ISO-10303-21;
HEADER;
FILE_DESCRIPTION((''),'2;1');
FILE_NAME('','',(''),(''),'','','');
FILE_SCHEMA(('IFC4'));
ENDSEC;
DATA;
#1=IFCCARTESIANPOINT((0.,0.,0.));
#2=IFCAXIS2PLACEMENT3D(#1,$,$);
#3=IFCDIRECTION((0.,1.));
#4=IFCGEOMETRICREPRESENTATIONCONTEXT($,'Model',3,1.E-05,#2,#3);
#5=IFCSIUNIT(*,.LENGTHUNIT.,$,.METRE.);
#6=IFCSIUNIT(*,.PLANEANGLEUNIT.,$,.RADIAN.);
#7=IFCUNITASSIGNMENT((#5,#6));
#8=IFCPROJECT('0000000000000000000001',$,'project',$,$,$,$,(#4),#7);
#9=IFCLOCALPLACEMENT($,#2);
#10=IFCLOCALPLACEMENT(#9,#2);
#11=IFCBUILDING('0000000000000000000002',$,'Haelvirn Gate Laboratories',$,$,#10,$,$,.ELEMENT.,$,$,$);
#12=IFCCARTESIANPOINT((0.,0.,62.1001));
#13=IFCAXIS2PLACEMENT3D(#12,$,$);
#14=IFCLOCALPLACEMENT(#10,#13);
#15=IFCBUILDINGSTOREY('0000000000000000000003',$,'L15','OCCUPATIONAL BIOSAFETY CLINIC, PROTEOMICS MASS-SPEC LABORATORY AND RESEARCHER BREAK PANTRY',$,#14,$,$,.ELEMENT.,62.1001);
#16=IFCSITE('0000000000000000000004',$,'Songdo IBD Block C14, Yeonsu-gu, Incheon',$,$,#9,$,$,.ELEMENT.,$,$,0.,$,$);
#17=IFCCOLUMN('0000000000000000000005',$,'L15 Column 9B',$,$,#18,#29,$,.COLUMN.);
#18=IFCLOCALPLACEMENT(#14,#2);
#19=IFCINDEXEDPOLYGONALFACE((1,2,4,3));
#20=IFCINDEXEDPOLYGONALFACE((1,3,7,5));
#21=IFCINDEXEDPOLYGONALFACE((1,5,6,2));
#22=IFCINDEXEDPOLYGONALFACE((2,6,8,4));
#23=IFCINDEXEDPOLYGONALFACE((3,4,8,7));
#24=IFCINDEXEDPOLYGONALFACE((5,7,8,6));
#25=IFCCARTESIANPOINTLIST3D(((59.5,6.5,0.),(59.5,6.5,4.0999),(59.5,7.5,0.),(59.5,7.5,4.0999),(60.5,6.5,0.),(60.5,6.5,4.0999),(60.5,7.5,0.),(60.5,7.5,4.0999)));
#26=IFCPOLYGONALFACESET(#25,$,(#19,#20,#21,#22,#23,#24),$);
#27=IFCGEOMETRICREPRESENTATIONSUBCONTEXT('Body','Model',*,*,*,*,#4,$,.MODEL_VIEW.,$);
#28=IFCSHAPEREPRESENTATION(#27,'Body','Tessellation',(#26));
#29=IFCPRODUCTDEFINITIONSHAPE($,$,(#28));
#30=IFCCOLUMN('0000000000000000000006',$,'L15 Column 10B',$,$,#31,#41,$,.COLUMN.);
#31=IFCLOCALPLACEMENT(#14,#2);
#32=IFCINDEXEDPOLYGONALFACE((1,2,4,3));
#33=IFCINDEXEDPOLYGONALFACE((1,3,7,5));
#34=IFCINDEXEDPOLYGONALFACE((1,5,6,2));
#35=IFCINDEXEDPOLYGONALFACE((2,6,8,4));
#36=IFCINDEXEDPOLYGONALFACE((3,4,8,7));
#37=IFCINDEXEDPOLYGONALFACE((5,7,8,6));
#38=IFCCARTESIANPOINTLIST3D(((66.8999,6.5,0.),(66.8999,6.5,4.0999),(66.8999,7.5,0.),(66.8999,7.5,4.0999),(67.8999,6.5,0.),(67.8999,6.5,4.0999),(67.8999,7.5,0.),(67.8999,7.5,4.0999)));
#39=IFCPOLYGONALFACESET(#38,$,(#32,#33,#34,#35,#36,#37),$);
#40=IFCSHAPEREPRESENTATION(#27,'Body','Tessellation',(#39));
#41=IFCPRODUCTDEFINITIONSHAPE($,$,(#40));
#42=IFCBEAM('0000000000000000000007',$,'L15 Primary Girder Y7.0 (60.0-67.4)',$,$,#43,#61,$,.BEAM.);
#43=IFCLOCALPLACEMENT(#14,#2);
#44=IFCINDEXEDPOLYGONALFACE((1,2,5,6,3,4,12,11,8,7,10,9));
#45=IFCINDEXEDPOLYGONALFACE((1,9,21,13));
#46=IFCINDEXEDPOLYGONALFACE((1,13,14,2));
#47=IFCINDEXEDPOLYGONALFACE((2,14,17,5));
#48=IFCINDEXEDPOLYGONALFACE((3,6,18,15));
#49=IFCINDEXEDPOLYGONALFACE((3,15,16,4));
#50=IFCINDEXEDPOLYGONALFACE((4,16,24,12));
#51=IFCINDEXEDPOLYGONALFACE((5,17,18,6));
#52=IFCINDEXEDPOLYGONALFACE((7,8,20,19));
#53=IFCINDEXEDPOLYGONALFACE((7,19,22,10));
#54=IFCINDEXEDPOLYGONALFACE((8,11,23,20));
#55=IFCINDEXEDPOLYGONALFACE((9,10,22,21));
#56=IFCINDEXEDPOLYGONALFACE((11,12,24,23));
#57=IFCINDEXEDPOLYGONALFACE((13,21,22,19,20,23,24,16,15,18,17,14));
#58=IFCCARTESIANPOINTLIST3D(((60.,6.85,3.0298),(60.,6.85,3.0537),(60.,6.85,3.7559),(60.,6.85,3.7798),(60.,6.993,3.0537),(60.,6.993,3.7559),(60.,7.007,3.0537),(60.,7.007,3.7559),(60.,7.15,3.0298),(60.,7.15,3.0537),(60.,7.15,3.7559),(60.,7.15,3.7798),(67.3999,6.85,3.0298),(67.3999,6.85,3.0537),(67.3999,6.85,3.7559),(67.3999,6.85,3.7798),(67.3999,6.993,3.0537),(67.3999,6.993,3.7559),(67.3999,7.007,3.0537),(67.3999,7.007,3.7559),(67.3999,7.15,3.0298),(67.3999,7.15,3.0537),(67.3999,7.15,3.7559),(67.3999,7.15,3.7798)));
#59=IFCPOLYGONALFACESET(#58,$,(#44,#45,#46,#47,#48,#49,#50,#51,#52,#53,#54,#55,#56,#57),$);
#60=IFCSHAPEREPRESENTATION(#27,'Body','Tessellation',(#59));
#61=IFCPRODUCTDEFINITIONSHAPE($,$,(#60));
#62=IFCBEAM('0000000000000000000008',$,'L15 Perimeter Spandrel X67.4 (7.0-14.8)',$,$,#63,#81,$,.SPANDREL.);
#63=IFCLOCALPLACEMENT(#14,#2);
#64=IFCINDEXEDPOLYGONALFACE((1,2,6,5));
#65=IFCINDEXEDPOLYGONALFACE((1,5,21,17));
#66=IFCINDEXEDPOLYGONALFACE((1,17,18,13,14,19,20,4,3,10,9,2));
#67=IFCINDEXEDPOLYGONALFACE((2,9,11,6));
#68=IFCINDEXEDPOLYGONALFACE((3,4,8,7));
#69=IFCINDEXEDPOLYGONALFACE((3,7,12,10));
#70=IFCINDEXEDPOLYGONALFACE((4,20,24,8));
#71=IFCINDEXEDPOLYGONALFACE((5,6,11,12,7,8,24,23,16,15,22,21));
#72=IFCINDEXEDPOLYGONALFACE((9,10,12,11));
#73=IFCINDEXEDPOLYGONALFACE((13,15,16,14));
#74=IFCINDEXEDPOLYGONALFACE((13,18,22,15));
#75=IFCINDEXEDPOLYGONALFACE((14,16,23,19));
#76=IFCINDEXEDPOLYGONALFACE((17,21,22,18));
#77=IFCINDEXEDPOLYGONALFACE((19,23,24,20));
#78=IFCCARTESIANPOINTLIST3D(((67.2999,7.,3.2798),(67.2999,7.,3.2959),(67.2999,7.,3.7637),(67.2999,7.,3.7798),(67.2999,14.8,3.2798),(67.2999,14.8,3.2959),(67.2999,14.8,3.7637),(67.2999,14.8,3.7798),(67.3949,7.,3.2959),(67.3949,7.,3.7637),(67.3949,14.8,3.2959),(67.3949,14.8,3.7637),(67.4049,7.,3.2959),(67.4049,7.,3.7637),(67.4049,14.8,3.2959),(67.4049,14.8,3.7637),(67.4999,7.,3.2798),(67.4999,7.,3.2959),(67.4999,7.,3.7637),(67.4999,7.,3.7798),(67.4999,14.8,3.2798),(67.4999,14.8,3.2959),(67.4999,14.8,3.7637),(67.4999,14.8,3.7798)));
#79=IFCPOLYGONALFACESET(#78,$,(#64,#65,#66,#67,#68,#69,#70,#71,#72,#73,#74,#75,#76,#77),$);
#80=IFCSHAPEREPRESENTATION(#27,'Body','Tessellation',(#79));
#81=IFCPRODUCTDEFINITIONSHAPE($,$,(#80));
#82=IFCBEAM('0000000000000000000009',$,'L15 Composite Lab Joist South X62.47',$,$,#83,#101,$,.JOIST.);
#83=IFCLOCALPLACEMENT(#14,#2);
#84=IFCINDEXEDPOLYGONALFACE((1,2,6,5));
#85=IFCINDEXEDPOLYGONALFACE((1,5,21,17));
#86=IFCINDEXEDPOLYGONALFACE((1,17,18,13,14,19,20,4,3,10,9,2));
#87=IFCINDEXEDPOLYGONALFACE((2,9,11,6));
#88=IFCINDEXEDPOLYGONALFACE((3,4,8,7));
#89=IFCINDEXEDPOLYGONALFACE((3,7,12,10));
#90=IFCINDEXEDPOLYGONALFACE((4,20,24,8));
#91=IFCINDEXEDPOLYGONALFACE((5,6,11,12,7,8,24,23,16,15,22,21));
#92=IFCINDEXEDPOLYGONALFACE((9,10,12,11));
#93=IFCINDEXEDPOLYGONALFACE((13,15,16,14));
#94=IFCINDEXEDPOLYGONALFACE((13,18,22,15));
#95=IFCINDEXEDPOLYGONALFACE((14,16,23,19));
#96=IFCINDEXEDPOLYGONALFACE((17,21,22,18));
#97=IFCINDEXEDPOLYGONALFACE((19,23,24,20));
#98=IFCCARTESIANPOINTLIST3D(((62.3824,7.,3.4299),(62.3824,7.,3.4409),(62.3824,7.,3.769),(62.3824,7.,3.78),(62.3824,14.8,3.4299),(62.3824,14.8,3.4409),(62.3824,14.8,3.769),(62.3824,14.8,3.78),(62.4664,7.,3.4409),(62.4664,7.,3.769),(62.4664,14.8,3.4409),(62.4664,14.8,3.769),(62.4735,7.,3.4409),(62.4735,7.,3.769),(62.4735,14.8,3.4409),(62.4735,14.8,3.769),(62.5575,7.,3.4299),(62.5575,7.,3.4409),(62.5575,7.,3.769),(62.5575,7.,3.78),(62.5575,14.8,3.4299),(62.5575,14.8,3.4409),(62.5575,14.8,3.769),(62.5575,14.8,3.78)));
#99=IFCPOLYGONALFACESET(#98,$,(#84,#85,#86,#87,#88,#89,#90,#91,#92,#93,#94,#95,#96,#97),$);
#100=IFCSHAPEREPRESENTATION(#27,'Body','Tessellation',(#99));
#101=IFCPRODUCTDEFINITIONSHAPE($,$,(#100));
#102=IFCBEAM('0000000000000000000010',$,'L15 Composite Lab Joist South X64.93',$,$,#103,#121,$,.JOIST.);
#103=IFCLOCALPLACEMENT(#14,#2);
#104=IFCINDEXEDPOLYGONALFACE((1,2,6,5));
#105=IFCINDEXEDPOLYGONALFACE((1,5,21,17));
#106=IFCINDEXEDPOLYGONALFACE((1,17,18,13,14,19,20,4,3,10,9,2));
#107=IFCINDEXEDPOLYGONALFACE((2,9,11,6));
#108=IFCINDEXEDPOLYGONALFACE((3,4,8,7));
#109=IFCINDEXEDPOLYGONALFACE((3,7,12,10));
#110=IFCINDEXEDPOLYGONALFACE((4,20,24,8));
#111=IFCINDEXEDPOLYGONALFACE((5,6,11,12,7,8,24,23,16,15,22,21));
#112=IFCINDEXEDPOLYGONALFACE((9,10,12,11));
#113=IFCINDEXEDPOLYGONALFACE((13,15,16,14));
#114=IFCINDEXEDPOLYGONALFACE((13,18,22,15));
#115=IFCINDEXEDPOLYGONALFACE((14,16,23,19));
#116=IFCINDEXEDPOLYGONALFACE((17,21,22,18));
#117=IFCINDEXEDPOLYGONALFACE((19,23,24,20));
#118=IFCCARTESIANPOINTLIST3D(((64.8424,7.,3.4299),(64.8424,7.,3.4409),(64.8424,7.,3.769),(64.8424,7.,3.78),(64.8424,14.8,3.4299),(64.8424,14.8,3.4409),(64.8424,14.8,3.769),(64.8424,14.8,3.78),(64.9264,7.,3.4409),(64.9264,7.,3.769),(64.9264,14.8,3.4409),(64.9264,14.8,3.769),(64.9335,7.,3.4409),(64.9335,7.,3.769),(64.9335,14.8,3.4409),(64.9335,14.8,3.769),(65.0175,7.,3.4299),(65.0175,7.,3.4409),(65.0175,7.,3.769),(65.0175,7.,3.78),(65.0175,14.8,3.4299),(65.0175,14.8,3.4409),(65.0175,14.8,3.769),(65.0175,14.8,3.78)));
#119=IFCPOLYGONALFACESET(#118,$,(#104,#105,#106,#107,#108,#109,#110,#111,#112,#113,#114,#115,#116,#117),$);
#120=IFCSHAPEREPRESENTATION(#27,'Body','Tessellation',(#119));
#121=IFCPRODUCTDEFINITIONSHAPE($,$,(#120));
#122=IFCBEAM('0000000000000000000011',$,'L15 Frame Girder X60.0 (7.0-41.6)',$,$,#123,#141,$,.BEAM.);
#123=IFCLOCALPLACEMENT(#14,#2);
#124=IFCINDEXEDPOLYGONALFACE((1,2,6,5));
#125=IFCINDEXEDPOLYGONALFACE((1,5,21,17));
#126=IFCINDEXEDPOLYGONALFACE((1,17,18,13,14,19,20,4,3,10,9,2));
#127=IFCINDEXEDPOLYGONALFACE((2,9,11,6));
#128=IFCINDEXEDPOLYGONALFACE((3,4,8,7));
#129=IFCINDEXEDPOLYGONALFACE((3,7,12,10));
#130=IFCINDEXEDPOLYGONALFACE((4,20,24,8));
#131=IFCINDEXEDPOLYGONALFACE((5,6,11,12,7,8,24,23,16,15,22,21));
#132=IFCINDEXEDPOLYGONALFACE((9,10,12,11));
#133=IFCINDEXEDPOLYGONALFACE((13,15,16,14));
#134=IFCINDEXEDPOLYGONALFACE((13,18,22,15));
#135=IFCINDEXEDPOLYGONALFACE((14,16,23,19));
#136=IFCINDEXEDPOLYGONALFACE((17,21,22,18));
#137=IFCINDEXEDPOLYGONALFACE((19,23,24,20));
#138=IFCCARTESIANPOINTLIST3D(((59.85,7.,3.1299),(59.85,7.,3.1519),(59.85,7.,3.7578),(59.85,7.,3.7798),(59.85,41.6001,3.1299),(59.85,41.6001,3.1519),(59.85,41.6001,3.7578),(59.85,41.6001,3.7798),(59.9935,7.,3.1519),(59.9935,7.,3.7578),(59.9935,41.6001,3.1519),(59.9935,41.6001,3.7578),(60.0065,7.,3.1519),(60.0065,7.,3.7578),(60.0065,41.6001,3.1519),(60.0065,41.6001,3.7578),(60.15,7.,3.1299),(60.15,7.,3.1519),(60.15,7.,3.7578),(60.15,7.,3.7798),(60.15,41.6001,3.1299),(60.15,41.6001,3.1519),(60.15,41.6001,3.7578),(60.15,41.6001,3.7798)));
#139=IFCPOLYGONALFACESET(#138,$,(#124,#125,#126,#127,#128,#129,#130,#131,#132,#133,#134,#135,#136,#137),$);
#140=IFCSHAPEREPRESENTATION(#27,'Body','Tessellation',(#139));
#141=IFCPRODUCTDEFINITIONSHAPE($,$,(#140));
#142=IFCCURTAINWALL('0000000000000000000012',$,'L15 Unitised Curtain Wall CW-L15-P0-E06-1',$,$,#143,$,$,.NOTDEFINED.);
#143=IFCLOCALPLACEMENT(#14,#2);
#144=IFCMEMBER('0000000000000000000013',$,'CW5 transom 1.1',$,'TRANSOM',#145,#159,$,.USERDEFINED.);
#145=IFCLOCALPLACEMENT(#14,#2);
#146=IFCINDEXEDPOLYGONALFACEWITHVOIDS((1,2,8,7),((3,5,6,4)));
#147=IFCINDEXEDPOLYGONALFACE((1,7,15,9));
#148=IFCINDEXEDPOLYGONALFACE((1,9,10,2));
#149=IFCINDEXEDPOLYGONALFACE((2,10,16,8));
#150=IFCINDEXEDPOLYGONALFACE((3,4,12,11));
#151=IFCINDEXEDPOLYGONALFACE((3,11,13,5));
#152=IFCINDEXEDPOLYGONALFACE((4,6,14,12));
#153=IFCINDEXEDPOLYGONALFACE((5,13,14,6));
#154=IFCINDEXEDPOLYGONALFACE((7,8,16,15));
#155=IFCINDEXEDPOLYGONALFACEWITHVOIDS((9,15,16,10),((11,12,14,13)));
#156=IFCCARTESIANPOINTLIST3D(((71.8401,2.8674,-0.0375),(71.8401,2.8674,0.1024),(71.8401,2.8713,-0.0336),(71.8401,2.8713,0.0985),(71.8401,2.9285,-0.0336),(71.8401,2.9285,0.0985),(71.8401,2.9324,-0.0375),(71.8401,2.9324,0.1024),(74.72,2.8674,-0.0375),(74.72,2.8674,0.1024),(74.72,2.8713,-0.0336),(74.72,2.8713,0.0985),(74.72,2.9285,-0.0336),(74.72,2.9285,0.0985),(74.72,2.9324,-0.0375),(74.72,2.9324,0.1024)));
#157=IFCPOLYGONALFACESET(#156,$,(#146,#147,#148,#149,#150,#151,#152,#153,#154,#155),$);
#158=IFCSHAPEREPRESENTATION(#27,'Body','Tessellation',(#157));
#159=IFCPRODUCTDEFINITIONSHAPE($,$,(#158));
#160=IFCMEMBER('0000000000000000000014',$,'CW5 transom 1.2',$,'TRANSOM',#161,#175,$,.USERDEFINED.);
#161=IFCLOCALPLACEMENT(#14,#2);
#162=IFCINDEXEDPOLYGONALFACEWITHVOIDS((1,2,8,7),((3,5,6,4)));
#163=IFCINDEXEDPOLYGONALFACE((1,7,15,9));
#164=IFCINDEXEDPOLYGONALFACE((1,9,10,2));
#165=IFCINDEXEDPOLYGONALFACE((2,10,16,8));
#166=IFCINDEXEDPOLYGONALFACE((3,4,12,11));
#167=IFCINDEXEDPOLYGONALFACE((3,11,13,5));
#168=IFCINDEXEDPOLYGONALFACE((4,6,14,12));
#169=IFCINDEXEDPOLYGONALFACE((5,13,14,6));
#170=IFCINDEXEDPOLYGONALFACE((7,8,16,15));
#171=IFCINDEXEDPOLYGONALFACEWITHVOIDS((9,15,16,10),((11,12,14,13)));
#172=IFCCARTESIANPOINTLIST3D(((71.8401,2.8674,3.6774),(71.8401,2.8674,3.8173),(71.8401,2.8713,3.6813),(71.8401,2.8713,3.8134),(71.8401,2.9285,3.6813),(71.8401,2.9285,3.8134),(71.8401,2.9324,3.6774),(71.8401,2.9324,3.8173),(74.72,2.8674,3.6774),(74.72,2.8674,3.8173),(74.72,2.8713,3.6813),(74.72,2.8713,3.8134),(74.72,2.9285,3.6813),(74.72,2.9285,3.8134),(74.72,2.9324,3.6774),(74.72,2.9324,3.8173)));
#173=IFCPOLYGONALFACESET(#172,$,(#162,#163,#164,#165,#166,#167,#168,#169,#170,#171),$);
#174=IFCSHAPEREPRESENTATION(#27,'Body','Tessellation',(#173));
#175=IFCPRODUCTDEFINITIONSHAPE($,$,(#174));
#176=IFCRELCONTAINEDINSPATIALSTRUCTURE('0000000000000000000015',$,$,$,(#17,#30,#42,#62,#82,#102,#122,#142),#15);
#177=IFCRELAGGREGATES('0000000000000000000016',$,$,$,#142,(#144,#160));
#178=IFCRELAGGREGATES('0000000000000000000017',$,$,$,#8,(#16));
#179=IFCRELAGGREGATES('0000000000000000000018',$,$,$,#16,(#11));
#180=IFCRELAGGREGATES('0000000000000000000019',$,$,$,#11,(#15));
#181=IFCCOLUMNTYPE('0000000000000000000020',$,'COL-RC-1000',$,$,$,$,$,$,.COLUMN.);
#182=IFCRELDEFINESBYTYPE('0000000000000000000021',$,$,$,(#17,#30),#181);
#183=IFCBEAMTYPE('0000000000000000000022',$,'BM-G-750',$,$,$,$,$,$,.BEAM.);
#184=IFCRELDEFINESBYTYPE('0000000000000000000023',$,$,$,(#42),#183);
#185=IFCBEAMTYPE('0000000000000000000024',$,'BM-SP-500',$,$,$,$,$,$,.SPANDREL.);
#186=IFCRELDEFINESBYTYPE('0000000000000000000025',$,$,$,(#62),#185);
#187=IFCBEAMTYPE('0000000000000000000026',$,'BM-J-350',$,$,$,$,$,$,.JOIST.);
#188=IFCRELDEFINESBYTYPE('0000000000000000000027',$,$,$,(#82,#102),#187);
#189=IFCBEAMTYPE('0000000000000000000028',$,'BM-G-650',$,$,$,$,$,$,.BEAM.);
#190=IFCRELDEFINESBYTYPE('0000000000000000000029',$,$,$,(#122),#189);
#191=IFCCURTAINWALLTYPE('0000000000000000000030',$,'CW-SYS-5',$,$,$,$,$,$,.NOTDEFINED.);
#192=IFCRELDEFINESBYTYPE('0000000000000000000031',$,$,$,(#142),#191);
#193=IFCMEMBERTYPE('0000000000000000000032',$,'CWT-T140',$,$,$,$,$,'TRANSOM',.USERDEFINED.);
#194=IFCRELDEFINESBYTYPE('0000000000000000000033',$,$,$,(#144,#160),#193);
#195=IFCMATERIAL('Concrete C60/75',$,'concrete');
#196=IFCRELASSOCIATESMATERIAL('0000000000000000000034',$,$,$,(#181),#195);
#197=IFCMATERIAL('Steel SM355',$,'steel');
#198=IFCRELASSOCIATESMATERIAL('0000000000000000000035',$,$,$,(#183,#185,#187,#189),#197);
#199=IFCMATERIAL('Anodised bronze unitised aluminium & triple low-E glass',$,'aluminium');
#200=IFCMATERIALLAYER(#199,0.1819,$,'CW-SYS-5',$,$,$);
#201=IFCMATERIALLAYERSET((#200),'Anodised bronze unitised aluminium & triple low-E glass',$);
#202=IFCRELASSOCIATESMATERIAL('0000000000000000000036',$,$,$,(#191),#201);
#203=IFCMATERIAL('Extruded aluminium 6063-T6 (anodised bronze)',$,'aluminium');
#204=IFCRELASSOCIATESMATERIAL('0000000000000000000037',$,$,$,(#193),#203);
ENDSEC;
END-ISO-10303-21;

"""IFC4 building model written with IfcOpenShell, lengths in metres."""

from ifc_helpers import new_model, si_unit, direction, frame, origin, origin_2d, place, context, subcontext, project, spatial, rectangle, hollow_rectangle, i_section, extrude, source, transform, mapped, material, layer, layer_set, material_profile, profile_set, type_object, type_shapes, element, aggregate, save


model = new_model("IFC4")

# Units and contexts
model_context = context("Model", 3, precision=1e-05, world=origin(), true_north=direction((0.0, 1.0)))
body_context = subcontext(model_context, "Body", "Model", "MODEL_VIEW")
ifc_project = project(units=[si_unit("LENGTHUNIT", "METRE"), si_unit("PLANEANGLEUNIT", "RADIAN")], contexts=[model_context])

# Site, building, storey
site_placement = place(None, origin())
site = spatial("IfcSite", under=ifc_project, at=site_placement, Name="Songdo IBD Block C14, Yeonsu-gu, Incheon", CompositionType="ELEMENT", RefElevation=0.0)
building_placement = place(site_placement, origin())
building = spatial("IfcBuilding", under=site, at=building_placement, Name="Haelvirn Gate Laboratories", CompositionType="ELEMENT")
storey_placement = place(building_placement, frame((0.0, 0.0, 62.1001)))
storey = spatial("IfcBuildingStorey", under=building, at=storey_placement, Name="L15", Description="OCCUPATIONAL BIOSAFETY CLINIC, PROTEOMICS MASS-SPEC LABORATORY AND RESEARCHER BREAK PANTRY", CompositionType="ELEMENT", Elevation=62.1001)

# Columns
ifc_material_1 = material(Name="Concrete C60/75", Category="concrete")
ifc_material_profile_1 = material_profile(ifc_material_1, rectangle(XDim=1.0, YDim=1.0, at=origin_2d()), Name="RC-1000x1000")
ifc_profile_set_1 = profile_set([ifc_material_profile_1], Name="Concrete C60/75")
column_type = type_object("IfcColumnType", Name="COL-RC-1000", PredefinedType="COLUMN", material=ifc_profile_set_1)
shared_shape_1 = source(origin(), body_context, "Body", "SweptSolid", [
    extrude(rectangle(XDim=1.0, YDim=1.0, at=origin_2d()), origin(), (0.0, 0.0, 1.0), 4.0999),
])
type_shapes(column_type, [shared_shape_1])
for number, where, z_axis, x_axis, name in (
    (1, (60.0, 7.0, 0.0), (0.0, 0.0, 1.0), (1.0, 0.0, 0.0), "L15 Column 9B"),
    (2, (67.3999, 7.0, 0.0), (0.0, 0.0, 1.0), (1.0, 0.0, 0.0), "L15 Column 10B"),
):
    element("IfcColumn", number, at=place(storey_placement, frame(where, z_axis=z_axis, x_axis=x_axis)), inside=storey, type_object=column_type, Name=name, PredefinedType="COLUMN", context=body_context, shape_type="MappedRepresentation", body=[
        mapped(shared_shape_1, transform((0.0, 0.0, 0.0), scale=1.0)),
    ])

# Beams
ifc_material_2 = material(Name="Steel SM355", Category="steel")
ifc_material_profile_2 = material_profile(ifc_material_2, i_section(OverallWidth=0.3, OverallDepth=0.75, WebThickness=0.0139, FlangeThickness=0.0239, at=origin_2d()), Name="H-750x300x14x24")
ifc_profile_set_2 = profile_set([ifc_material_profile_2], Name="Steel SM355")
beam_type_1 = type_object("IfcBeamType", Name="BM-G-750", PredefinedType="BEAM", material=ifc_profile_set_2)
shared_shape_2 = source(origin(), body_context, "Body", "SweptSolid", [
    extrude(i_section(OverallWidth=0.3, OverallDepth=0.75, WebThickness=0.0139, FlangeThickness=0.0239, at=origin_2d()), origin(), (0.0, 0.0, 1.0), 7.3999),
])
type_shapes(beam_type_1, [shared_shape_2])
beam_1_placement = place(storey_placement, frame((60.0, 7.0, 3.4048), z_axis=(1.0, 0.0, 0.0), x_axis=(0.0, 1.0, 0.0)))
element("IfcBeam", 3, at=beam_1_placement, inside=storey, type_object=beam_type_1, Name="L15 Primary Girder Y7.0 (60.0-67.4)", PredefinedType="BEAM", context=body_context, shape_type="MappedRepresentation", body=[
    mapped(shared_shape_2, transform((0.0, 0.0, 0.0), scale=1.0)),
])
ifc_material_profile_3 = material_profile(ifc_material_2, i_section(OverallWidth=0.2, OverallDepth=0.5, WebThickness=0.01, FlangeThickness=0.0161, at=origin_2d()), Name="H-500x200x10x16")
ifc_profile_set_3 = profile_set([ifc_material_profile_3], Name="Steel SM355")
beam_type_2 = type_object("IfcBeamType", Name="BM-SP-500", PredefinedType="SPANDREL", material=ifc_profile_set_3)
shared_shape_3 = source(origin(), body_context, "Body", "SweptSolid", [
    extrude(i_section(OverallWidth=0.2, OverallDepth=0.5, WebThickness=0.01, FlangeThickness=0.0161, at=origin_2d()), origin(), (0.0, 0.0, 1.0), 7.8),
])
type_shapes(beam_type_2, [shared_shape_3])
beam_2_placement = place(storey_placement, frame((67.3999, 7.0, 3.5298), z_axis=(0.0, 1.0, 0.0), x_axis=(-1.0, 0.0, 0.0)))
element("IfcBeam", 4, at=beam_2_placement, inside=storey, type_object=beam_type_2, Name="L15 Perimeter Spandrel X67.4 (7.0-14.8)", PredefinedType="SPANDREL", context=body_context, shape_type="MappedRepresentation", body=[
    mapped(shared_shape_3, transform((0.0, 0.0, 0.0), scale=1.0)),
])
ifc_material_profile_4 = material_profile(ifc_material_2, i_section(OverallWidth=0.175, OverallDepth=0.3501, WebThickness=0.0071, FlangeThickness=0.011, at=origin_2d()), Name="H-350x175x7x11")
ifc_profile_set_4 = profile_set([ifc_material_profile_4], Name="Steel SM355")
beam_type_3 = type_object("IfcBeamType", Name="BM-J-350", PredefinedType="JOIST", material=ifc_profile_set_4)
shared_shape_4 = source(origin(), body_context, "Body", "SweptSolid", [
    extrude(i_section(OverallWidth=0.175, OverallDepth=0.3501, WebThickness=0.0071, FlangeThickness=0.011, at=origin_2d()), origin(), (0.0, 0.0, 1.0), 7.8),
])
type_shapes(beam_type_3, [shared_shape_4])
for number, where, z_axis, x_axis, name in (
    (5, (62.47, 7.0, 3.605), (0.0, 1.0, 0.0), (-1.0, 0.0, 0.0), "L15 Composite Lab Joist South X62.47"),
    (6, (64.9299, 7.0, 3.605), (0.0, 1.0, 0.0), (-1.0, 0.0, 0.0), "L15 Composite Lab Joist South X64.93"),
):
    element("IfcBeam", number, at=place(storey_placement, frame(where, z_axis=z_axis, x_axis=x_axis)), inside=storey, type_object=beam_type_3, Name=name, PredefinedType="JOIST", context=body_context, shape_type="MappedRepresentation", body=[
        mapped(shared_shape_4, transform((0.0, 0.0, 0.0), scale=1.0)),
    ])
ifc_material_profile_5 = material_profile(ifc_material_2, i_section(OverallWidth=0.3, OverallDepth=0.6499, WebThickness=0.0129, FlangeThickness=0.022, at=origin_2d()), Name="H-650x300x13x22")
ifc_profile_set_5 = profile_set([ifc_material_profile_5], Name="Steel SM355")
beam_type_4 = type_object("IfcBeamType", Name="BM-G-650", PredefinedType="BEAM", material=ifc_profile_set_5)
shared_shape_5 = source(origin(), body_context, "Body", "SweptSolid", [
    extrude(i_section(OverallWidth=0.3, OverallDepth=0.6499, WebThickness=0.0129, FlangeThickness=0.022, at=origin_2d()), origin(), (0.0, 0.0, 1.0), 34.6001),
])
type_shapes(beam_type_4, [shared_shape_5])
beam_3_placement = place(storey_placement, frame((60.0, 7.0, 3.4548), z_axis=(0.0, 1.0, 0.0), x_axis=(-1.0, 0.0, 0.0)))
element("IfcBeam", 7, at=beam_3_placement, inside=storey, type_object=beam_type_4, Name="L15 Frame Girder X60.0 (7.0-41.6)", PredefinedType="BEAM", context=body_context, shape_type="MappedRepresentation", body=[
    mapped(shared_shape_5, transform((0.0, 0.0, 0.0), scale=1.0)),
])

# Curtain wall, members
ifc_material_3 = material(Name="Anodised bronze unitised aluminium & triple low-E glass", Category="aluminium")
ifc_layer_1 = layer(ifc_material_3, 0.1819, Name="CW-SYS-5")
ifc_layer_set_1 = layer_set([ifc_layer_1], Name="Anodised bronze unitised aluminium & triple low-E glass")
curtain_wall_type_1 = type_object("IfcCurtainWallType", Name="CW-SYS-5", PredefinedType="NOTDEFINED", material=ifc_layer_set_1)
curtain_wall_1_placement = place(storey_placement, origin())
curtain_wall_1 = element("IfcCurtainWall", 8, at=curtain_wall_1_placement, inside=storey, type_object=curtain_wall_type_1, Name="L15 Unitised Curtain Wall CW-L15-P0-E06-1", PredefinedType="NOTDEFINED")
ifc_material_4 = material(Name="Extruded aluminium 6063-T6 (anodised bronze)", Category="aluminium")
ifc_material_profile_6 = material_profile(ifc_material_4, hollow_rectangle(XDim=0.0649, YDim=0.1399, WallThickness=0.0039, at=origin_2d()), Name="CWT-140x65x4")
ifc_profile_set_6 = profile_set([ifc_material_profile_6], Name="Extruded aluminium 6063-T6 (anodised bronze)")
member_type_1 = type_object("IfcMemberType", Name="CWT-T140", ElementType="TRANSOM", PredefinedType="USERDEFINED", material=ifc_profile_set_6)
shared_shape_6 = source(origin(), body_context, "Body", "SweptSolid", [
    extrude(hollow_rectangle(XDim=0.0649, YDim=0.1399, WallThickness=0.0039, at=origin_2d()), origin(), (0.0, 0.0, 1.0), 2.8799),
])
type_shapes(member_type_1, [shared_shape_6])
member_1_placement = place(storey_placement, frame((71.8401, 2.8999, 0.0325), z_axis=(1.0, 0.0, 0.0), x_axis=(0.0, 1.0, 0.0)))
member_1 = element("IfcMember", 9, at=member_1_placement, type_object=member_type_1, Name="CW5 transom 1.1", ObjectType="TRANSOM", PredefinedType="USERDEFINED", context=body_context, shape_type="MappedRepresentation", body=[
    mapped(shared_shape_6, transform((0.0, 0.0, 0.0), scale=1.0)),
])
member_2_placement = place(storey_placement, frame((71.8401, 2.8999, 3.7473), z_axis=(1.0, 0.0, 0.0), x_axis=(0.0, 1.0, 0.0)))
member_2 = element("IfcMember", 10, at=member_2_placement, type_object=member_type_1, Name="CW5 transom 1.2", ObjectType="TRANSOM", PredefinedType="USERDEFINED", context=body_context, shape_type="MappedRepresentation", body=[
    mapped(shared_shape_6, transform((0.0, 0.0, 0.0), scale=1.0)),
])

aggregate(curtain_wall_1, [member_1, member_2])

save(model, "model.ifc")
